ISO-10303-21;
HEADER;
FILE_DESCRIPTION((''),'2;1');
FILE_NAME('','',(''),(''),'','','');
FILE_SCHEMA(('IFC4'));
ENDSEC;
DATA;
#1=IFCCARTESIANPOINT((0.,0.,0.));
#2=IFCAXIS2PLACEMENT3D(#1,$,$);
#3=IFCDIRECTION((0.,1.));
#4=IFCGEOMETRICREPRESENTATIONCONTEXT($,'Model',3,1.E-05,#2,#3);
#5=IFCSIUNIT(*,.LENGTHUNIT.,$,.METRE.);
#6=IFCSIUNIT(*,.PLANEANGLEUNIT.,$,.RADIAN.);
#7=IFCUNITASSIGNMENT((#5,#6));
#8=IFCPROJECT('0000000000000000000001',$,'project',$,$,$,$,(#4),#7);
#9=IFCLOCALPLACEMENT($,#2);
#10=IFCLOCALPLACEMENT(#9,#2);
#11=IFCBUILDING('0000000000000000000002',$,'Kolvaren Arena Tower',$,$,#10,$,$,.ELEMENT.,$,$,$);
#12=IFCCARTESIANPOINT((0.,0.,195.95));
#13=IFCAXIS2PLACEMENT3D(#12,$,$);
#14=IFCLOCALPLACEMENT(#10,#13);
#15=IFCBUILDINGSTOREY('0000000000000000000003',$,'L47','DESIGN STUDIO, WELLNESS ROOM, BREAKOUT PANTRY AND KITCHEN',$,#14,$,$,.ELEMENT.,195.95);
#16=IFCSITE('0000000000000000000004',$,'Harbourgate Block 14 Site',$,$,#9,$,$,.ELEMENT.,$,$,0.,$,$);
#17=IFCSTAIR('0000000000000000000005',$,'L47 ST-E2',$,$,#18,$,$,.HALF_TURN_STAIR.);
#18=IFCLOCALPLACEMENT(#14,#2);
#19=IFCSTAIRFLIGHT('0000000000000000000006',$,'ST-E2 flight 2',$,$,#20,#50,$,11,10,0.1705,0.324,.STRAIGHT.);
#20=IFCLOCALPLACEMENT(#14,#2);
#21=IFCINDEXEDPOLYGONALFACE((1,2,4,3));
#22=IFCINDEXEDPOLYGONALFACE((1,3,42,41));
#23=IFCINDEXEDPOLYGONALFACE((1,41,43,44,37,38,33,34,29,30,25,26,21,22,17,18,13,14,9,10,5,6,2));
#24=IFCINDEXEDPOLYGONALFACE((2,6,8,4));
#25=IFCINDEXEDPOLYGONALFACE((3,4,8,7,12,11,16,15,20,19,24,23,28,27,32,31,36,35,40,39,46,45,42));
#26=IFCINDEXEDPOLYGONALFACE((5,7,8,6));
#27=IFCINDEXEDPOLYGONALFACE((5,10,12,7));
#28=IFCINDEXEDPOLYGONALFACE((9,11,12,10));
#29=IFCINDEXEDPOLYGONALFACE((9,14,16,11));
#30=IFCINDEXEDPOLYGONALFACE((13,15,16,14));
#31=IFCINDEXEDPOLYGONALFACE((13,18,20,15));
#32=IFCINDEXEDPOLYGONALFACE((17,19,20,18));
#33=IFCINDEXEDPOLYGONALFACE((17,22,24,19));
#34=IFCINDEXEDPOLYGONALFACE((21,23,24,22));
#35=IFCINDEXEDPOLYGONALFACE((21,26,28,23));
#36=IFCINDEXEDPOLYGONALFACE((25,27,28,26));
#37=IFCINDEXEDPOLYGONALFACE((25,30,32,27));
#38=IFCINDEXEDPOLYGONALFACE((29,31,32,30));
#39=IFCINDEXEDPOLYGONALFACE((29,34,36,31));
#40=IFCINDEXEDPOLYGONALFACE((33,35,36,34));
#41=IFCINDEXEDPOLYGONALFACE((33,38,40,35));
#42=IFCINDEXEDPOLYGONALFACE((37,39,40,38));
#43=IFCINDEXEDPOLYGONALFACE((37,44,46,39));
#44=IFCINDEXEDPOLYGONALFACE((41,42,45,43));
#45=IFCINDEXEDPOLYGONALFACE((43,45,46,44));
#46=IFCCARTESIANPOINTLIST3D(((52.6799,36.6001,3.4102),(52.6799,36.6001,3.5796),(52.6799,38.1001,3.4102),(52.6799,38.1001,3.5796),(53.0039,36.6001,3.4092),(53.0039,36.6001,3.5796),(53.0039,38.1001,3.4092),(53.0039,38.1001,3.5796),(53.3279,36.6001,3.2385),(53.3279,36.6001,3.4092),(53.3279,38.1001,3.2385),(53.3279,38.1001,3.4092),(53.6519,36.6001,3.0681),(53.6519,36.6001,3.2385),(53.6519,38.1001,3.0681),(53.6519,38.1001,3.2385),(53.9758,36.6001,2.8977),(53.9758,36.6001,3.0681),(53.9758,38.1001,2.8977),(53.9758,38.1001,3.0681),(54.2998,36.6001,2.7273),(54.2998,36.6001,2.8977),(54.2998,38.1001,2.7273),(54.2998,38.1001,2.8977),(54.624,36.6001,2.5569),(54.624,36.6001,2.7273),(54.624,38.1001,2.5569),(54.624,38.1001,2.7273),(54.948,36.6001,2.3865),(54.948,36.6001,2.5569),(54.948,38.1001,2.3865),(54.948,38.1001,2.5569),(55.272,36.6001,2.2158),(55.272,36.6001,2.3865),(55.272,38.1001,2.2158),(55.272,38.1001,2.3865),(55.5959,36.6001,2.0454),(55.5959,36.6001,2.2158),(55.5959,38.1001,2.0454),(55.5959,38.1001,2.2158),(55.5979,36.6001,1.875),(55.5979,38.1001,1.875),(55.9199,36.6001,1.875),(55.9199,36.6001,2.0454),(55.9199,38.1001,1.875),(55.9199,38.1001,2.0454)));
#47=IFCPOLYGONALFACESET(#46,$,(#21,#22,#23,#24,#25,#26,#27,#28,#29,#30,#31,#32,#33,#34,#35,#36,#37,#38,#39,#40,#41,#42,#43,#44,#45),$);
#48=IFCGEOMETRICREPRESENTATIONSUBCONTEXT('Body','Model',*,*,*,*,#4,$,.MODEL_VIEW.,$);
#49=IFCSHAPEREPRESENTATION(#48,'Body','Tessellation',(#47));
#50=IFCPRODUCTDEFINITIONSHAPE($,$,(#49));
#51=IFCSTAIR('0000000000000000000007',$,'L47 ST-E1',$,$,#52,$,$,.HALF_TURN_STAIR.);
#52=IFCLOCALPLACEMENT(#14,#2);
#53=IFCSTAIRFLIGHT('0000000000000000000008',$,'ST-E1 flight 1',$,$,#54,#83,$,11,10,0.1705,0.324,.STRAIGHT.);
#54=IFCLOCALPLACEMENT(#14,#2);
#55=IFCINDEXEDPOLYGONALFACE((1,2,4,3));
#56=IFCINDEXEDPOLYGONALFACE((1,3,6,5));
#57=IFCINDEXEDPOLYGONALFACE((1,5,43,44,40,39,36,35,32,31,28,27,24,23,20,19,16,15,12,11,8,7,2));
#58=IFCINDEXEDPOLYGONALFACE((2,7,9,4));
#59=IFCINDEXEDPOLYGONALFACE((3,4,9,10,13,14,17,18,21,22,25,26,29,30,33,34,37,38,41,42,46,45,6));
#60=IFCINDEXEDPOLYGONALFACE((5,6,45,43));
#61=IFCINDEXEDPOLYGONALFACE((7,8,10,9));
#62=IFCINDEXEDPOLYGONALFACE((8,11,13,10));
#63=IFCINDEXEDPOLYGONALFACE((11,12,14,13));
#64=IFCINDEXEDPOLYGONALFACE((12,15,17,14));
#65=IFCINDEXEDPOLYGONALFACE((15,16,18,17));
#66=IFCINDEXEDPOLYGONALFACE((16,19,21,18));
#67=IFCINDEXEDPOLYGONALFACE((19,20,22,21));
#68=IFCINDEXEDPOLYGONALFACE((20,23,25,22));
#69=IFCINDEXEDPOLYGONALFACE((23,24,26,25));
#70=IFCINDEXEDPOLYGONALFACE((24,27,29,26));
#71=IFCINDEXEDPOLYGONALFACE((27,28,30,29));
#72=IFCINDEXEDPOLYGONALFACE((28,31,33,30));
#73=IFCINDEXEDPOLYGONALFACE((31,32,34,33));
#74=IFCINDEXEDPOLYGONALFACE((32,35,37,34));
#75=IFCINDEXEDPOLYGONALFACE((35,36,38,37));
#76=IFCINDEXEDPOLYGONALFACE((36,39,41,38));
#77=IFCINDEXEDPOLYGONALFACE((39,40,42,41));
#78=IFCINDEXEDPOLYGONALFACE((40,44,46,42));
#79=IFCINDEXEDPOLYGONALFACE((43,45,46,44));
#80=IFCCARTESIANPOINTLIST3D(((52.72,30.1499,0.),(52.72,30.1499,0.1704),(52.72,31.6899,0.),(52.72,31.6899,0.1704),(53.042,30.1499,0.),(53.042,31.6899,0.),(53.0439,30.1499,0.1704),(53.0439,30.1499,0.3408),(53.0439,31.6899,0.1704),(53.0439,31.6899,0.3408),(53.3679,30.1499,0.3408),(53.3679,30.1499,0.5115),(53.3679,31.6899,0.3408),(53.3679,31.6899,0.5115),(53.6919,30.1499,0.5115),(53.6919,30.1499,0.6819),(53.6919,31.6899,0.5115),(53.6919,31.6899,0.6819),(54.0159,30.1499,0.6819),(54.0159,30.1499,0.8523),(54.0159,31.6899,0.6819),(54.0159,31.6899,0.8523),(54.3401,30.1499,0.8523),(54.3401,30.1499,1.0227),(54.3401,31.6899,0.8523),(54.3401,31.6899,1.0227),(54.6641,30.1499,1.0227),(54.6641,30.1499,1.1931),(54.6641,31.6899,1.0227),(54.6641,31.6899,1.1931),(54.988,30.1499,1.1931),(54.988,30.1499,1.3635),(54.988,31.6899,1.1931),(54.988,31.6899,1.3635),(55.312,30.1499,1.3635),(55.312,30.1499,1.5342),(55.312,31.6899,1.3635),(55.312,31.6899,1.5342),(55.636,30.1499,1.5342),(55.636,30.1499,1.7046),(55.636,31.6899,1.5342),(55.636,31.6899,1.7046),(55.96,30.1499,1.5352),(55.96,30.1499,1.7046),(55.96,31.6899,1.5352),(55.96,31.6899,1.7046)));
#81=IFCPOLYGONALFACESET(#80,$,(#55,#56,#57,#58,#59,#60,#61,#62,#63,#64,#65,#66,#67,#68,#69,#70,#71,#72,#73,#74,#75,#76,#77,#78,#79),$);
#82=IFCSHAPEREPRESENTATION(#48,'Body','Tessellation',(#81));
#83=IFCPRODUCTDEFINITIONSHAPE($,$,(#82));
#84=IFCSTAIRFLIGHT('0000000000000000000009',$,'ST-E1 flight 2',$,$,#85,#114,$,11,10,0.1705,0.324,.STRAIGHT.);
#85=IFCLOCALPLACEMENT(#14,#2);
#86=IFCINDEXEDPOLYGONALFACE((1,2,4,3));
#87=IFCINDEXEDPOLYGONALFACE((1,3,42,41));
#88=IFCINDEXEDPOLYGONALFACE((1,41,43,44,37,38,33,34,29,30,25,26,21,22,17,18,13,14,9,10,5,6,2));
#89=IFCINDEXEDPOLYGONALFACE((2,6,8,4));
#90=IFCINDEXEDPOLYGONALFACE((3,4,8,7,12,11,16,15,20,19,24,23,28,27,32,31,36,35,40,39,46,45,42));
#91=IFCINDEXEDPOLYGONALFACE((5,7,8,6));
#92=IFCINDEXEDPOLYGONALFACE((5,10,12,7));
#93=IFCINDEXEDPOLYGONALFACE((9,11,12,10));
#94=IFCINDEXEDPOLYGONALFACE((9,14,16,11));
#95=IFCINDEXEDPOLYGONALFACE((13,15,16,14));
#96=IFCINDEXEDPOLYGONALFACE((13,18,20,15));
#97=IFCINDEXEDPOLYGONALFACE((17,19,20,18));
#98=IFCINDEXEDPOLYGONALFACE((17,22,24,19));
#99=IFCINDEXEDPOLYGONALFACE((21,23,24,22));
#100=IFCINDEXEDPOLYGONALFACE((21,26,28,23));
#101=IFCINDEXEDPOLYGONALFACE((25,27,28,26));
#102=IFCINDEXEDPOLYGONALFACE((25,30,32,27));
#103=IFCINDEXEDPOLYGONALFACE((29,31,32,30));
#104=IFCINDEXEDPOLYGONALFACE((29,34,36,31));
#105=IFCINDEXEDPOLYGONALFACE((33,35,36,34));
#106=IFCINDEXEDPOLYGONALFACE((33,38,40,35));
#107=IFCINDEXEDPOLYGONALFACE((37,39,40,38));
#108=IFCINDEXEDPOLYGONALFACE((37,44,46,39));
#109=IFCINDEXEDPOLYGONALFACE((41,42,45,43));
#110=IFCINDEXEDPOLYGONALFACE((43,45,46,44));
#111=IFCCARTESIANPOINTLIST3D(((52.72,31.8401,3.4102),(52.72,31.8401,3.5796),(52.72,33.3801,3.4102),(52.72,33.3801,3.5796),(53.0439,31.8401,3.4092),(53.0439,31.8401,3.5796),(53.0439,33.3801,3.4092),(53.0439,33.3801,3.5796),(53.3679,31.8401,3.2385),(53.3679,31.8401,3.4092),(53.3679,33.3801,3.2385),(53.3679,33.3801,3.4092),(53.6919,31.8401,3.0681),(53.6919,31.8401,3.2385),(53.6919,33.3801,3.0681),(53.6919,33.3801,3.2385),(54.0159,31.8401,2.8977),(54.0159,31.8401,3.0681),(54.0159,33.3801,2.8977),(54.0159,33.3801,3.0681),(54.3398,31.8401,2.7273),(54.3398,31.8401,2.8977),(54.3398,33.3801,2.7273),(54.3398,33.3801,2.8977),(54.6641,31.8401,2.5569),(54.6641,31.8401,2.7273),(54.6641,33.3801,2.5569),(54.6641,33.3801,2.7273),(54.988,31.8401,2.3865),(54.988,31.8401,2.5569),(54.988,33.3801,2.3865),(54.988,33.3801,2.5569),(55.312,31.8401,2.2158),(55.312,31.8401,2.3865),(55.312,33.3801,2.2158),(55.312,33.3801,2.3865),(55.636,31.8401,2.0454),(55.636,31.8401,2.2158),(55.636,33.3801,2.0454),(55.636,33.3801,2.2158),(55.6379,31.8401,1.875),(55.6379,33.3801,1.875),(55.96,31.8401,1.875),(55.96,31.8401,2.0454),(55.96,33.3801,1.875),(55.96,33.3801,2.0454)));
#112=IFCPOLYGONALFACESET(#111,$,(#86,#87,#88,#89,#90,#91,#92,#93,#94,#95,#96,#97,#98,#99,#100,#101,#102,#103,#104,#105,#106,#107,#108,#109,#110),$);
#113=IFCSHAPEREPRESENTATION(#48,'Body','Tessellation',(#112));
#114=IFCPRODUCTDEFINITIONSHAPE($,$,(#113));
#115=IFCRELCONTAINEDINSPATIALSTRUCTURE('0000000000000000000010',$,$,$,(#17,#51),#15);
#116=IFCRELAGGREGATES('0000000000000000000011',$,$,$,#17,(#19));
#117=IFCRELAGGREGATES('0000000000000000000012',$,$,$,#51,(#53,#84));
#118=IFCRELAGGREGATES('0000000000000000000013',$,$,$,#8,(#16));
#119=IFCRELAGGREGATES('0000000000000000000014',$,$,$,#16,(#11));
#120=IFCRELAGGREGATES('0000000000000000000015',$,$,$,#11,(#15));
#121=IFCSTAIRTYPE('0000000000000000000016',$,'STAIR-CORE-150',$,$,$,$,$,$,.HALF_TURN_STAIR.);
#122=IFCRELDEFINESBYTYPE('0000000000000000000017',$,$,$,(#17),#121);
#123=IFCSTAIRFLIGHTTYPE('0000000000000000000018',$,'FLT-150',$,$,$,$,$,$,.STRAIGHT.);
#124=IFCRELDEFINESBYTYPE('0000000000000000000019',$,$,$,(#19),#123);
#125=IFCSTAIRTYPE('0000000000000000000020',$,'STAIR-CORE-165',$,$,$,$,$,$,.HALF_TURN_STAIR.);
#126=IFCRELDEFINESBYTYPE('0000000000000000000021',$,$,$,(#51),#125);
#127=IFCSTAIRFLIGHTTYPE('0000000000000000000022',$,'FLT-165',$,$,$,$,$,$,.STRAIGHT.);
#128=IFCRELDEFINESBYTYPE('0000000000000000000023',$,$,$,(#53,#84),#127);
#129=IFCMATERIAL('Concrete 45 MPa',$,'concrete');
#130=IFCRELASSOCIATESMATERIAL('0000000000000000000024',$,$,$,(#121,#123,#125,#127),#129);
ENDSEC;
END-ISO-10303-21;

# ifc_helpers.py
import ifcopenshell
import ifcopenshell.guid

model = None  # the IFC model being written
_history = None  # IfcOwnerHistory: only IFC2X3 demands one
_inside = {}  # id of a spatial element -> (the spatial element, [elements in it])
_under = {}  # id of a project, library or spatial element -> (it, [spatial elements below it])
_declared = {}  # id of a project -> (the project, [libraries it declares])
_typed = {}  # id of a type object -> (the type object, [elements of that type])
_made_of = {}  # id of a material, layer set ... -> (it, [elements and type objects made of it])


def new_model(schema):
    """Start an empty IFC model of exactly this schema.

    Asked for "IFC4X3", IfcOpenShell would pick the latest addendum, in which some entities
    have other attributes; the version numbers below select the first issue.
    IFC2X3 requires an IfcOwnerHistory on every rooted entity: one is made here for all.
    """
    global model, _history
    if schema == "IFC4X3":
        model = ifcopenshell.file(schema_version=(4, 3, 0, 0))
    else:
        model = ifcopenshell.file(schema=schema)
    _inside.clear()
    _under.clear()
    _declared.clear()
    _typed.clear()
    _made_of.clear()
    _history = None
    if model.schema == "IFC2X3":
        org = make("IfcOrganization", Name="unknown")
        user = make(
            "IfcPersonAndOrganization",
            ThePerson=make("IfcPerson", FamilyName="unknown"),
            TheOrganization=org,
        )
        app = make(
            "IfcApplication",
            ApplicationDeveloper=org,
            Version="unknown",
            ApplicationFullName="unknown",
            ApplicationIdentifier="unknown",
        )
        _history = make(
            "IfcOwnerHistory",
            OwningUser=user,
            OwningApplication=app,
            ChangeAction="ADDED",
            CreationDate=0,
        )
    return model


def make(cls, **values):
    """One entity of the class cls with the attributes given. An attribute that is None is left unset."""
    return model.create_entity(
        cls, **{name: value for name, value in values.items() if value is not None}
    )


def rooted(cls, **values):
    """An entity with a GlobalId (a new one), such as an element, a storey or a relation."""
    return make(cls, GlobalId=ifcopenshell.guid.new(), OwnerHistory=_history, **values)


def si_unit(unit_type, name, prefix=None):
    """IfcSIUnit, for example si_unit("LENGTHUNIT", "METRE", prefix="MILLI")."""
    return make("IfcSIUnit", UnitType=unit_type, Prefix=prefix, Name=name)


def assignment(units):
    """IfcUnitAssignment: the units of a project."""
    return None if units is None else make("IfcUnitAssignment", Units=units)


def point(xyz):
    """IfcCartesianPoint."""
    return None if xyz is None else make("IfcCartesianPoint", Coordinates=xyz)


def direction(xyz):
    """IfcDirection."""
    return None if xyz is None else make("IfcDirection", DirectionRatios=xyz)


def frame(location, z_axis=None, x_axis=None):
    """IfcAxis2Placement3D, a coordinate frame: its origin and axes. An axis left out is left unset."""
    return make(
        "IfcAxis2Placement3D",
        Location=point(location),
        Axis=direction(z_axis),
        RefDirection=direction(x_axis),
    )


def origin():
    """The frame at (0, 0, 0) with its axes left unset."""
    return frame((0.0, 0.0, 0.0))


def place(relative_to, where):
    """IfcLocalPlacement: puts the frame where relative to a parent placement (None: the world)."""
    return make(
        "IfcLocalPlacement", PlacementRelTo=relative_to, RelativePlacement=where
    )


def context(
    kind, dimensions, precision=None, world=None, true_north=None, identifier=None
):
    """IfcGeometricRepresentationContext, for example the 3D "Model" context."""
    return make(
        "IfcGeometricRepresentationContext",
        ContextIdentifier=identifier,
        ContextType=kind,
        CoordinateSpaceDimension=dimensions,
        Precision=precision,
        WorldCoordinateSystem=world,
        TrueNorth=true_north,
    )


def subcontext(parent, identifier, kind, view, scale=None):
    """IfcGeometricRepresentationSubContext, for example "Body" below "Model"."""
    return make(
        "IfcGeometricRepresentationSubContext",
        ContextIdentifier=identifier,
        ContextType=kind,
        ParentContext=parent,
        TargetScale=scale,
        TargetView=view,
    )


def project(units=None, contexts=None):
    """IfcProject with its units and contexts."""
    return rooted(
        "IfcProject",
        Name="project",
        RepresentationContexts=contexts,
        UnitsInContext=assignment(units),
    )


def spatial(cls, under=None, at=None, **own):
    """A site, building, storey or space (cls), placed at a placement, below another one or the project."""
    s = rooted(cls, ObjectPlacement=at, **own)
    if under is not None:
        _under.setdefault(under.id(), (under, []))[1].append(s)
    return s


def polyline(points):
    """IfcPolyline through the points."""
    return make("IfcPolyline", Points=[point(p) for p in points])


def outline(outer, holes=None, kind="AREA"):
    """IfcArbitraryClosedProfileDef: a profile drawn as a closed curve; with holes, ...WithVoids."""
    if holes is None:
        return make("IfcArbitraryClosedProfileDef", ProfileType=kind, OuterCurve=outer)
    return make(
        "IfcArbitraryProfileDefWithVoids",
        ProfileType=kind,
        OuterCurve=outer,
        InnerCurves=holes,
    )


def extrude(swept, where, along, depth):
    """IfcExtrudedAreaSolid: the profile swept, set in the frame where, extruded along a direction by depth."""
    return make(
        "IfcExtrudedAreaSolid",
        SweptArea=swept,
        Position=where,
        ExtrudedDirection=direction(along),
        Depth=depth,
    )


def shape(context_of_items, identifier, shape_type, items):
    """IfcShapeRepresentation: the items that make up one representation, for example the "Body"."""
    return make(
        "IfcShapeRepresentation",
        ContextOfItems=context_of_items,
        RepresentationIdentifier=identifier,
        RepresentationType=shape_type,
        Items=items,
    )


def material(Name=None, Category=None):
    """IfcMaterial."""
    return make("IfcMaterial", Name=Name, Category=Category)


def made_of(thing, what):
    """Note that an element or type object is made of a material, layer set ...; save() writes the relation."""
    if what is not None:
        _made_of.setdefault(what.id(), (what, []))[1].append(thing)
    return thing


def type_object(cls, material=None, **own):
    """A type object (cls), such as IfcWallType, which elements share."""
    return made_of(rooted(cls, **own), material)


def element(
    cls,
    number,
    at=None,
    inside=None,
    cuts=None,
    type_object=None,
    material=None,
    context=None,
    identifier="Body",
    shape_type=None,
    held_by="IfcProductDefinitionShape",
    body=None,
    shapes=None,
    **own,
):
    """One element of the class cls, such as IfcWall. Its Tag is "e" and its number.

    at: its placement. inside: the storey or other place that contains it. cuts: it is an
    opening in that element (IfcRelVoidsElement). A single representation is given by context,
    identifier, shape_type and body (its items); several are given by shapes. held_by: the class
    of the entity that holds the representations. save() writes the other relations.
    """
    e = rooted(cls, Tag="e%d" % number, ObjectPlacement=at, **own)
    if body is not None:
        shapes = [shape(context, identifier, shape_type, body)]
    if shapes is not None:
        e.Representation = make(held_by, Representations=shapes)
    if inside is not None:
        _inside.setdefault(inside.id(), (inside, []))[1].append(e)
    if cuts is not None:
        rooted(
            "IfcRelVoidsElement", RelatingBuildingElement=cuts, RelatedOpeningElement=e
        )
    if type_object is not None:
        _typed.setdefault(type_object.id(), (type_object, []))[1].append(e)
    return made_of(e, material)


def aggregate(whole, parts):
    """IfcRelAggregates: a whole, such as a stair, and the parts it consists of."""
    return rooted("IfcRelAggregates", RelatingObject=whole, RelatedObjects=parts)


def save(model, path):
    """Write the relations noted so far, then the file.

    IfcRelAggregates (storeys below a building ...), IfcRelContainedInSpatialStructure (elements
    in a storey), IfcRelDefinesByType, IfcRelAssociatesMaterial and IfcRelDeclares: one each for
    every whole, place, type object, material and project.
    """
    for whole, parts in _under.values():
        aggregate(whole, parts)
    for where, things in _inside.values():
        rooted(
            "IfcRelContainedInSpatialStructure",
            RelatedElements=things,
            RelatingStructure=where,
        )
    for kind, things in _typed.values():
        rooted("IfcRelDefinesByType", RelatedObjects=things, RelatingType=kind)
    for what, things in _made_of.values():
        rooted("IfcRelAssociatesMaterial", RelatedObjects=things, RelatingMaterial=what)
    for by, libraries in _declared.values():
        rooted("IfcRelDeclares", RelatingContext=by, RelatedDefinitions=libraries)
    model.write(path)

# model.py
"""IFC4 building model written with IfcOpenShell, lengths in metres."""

from ifc_helpers import new_model, si_unit, direction, frame, origin, place, context, subcontext, project, spatial, polyline, outline, extrude, material, type_object, element, aggregate, save


model = new_model("IFC4")

# Units and contexts
model_context = context("Model", 3, precision=1e-05, world=origin(), true_north=direction((0.0, 1.0)))
body_context = subcontext(model_context, "Body", "Model", "MODEL_VIEW")
ifc_project = project(units=[si_unit("LENGTHUNIT", "METRE"), si_unit("PLANEANGLEUNIT", "RADIAN")], contexts=[model_context])

# Site, building, storey
site_placement = place(None, origin())
site = spatial("IfcSite", under=ifc_project, at=site_placement, Name="Harbourgate Block 14 Site", CompositionType="ELEMENT", RefElevation=0.0)
building_placement = place(site_placement, origin())
building = spatial("IfcBuilding", under=site, at=building_placement, Name="Kolvaren Arena Tower", CompositionType="ELEMENT")
storey_placement = place(building_placement, frame((0.0, 0.0, 195.95)))
storey = spatial("IfcBuildingStorey", under=building, at=storey_placement, Name="L47", Description="DESIGN STUDIO, WELLNESS ROOM, BREAKOUT PANTRY AND KITCHEN", CompositionType="ELEMENT", Elevation=195.95)

# Shared definitions
ifc_material_1 = material(Name="Concrete 45 MPa", Category="concrete")

# Stair, stair flight
stair_type_1 = type_object("IfcStairType", Name="STAIR-CORE-150", PredefinedType="HALF_TURN_STAIR", material=ifc_material_1)
stair_1_placement = place(storey_placement, origin())
stair_1 = element("IfcStair", 1, at=stair_1_placement, inside=storey, type_object=stair_type_1, Name="L47 ST-E2", PredefinedType="HALF_TURN_STAIR")
stair_flight_type_1 = type_object("IfcStairFlightType", Name="FLT-150", PredefinedType="STRAIGHT", material=ifc_material_1)
stair_flight_1_placement = place(storey_placement, frame((55.9199, 37.3501, 1.875), z_axis=(0.0, 0.0, 1.0), x_axis=(-1.0, 0.0, 0.0)))
stair_flight_1 = element("IfcStairFlight", 2, at=stair_flight_1_placement, type_object=stair_flight_type_1, Name="ST-E2 flight 2", NumberOfRisers=11, NumberOfTreads=10, PredefinedType="STRAIGHT", RiserHeight=0.1705, TreadLength=0.324, context=body_context, shape_type="SweptSolid", body=[
    extrude(outline(polyline([(0.0, 0.0), (0.0, 0.1704), (0.324, 0.1704), (0.324, 0.3408), (0.6479, 0.3408), (0.6479, 0.5115), (0.9719, 0.5115), (0.9719, 0.6819), (1.2959, 0.6819), (1.2959, 0.8523), (1.6201, 0.8523), (1.6201, 1.0227), (1.9441, 1.0227), (1.9441, 1.1931), (2.2681, 1.1931), (2.2681, 1.3635), (2.592, 1.3635), (2.592, 1.5342), (2.916, 1.5342), (2.916, 1.7046), (3.24, 1.7046), (3.24, 1.875), (3.24, 1.5352), (0.322, 0.0), (0.0, 0.0)])), frame((0.0, 0.75, 0.0), z_axis=(0.0, -1.0, 0.0), x_axis=(1.0, 0.0, 0.0)), (0.0, 0.0, 1.0), 1.5),
])
aggregate(stair_1, [stair_flight_1])

# Stair, stair flights
stair_type_2 = type_object("IfcStairType", Name="STAIR-CORE-165", PredefinedType="HALF_TURN_STAIR", material=ifc_material_1)
stair_2_placement = place(storey_placement, origin())
stair_2 = element("IfcStair", 3, at=stair_2_placement, inside=storey, type_object=stair_type_2, Name="L47 ST-E1", PredefinedType="HALF_TURN_STAIR")
stair_flight_type_2 = type_object("IfcStairFlightType", Name="FLT-165", PredefinedType="STRAIGHT", material=ifc_material_1)
stair_flight_2_placement = place(storey_placement, frame((52.72, 30.9199, 0.0), z_axis=(0.0, 0.0, 1.0), x_axis=(1.0, 0.0, 0.0)))
stair_flight_2 = element("IfcStairFlight", 4, at=stair_flight_2_placement, type_object=stair_flight_type_2, Name="ST-E1 flight 1", NumberOfRisers=11, NumberOfTreads=10, PredefinedType="STRAIGHT", RiserHeight=0.1705, TreadLength=0.324, context=body_context, shape_type="SweptSolid", body=[
    extrude(outline(polyline([(0.0, 0.0), (0.0, 0.1704), (0.324, 0.1704), (0.324, 0.3408), (0.6479, 0.3408), (0.6479, 0.5115), (0.9719, 0.5115), (0.9719, 0.6819), (1.2959, 0.6819), (1.2959, 0.8523), (1.6201, 0.8523), (1.6201, 1.0227), (1.9441, 1.0227), (1.9441, 1.1931), (2.2681, 1.1931), (2.2681, 1.3635), (2.592, 1.3635), (2.592, 1.5342), (2.916, 1.5342), (2.916, 1.7046), (3.24, 1.7046), (3.24, 1.875), (3.24, 1.5352), (0.322, 0.0), (0.0, 0.0)])), frame((0.0, 0.77, 0.0), z_axis=(0.0, -1.0, 0.0), x_axis=(1.0, 0.0, 0.0)), (0.0, 0.0, 1.0), 1.54),
])
stair_flight_3_placement = place(storey_placement, frame((55.96, 32.6101, 1.875), z_axis=(0.0, 0.0, 1.0), x_axis=(-1.0, 0.0, 0.0)))
stair_flight_3 = element("IfcStairFlight", 5, at=stair_flight_3_placement, type_object=stair_flight_type_2, Name="ST-E1 flight 2", NumberOfRisers=11, NumberOfTreads=10, PredefinedType="STRAIGHT", RiserHeight=0.1705, TreadLength=0.324, context=body_context, shape_type="SweptSolid", body=[
    extrude(outline(polyline([(0.0, 0.0), (0.0, 0.1704), (0.324, 0.1704), (0.324, 0.3408), (0.6479, 0.3408), (0.6479, 0.5115), (0.9719, 0.5115), (0.9719, 0.6819), (1.2959, 0.6819), (1.2959, 0.8523), (1.6201, 0.8523), (1.6201, 1.0227), (1.9441, 1.0227), (1.9441, 1.1931), (2.2681, 1.1931), (2.2681, 1.3635), (2.592, 1.3635), (2.592, 1.5342), (2.916, 1.5342), (2.916, 1.7046), (3.24, 1.7046), (3.24, 1.875), (3.24, 1.5352), (0.322, 0.0), (0.0, 0.0)])), frame((0.0, 0.77, 0.0), z_axis=(0.0, -1.0, 0.0), x_axis=(1.0, 0.0, 0.0)), (0.0, 0.0, 1.0), 1.54),
])
aggregate(stair_2, [stair_flight_2, stair_flight_3])

save(model, "model.ifc")
